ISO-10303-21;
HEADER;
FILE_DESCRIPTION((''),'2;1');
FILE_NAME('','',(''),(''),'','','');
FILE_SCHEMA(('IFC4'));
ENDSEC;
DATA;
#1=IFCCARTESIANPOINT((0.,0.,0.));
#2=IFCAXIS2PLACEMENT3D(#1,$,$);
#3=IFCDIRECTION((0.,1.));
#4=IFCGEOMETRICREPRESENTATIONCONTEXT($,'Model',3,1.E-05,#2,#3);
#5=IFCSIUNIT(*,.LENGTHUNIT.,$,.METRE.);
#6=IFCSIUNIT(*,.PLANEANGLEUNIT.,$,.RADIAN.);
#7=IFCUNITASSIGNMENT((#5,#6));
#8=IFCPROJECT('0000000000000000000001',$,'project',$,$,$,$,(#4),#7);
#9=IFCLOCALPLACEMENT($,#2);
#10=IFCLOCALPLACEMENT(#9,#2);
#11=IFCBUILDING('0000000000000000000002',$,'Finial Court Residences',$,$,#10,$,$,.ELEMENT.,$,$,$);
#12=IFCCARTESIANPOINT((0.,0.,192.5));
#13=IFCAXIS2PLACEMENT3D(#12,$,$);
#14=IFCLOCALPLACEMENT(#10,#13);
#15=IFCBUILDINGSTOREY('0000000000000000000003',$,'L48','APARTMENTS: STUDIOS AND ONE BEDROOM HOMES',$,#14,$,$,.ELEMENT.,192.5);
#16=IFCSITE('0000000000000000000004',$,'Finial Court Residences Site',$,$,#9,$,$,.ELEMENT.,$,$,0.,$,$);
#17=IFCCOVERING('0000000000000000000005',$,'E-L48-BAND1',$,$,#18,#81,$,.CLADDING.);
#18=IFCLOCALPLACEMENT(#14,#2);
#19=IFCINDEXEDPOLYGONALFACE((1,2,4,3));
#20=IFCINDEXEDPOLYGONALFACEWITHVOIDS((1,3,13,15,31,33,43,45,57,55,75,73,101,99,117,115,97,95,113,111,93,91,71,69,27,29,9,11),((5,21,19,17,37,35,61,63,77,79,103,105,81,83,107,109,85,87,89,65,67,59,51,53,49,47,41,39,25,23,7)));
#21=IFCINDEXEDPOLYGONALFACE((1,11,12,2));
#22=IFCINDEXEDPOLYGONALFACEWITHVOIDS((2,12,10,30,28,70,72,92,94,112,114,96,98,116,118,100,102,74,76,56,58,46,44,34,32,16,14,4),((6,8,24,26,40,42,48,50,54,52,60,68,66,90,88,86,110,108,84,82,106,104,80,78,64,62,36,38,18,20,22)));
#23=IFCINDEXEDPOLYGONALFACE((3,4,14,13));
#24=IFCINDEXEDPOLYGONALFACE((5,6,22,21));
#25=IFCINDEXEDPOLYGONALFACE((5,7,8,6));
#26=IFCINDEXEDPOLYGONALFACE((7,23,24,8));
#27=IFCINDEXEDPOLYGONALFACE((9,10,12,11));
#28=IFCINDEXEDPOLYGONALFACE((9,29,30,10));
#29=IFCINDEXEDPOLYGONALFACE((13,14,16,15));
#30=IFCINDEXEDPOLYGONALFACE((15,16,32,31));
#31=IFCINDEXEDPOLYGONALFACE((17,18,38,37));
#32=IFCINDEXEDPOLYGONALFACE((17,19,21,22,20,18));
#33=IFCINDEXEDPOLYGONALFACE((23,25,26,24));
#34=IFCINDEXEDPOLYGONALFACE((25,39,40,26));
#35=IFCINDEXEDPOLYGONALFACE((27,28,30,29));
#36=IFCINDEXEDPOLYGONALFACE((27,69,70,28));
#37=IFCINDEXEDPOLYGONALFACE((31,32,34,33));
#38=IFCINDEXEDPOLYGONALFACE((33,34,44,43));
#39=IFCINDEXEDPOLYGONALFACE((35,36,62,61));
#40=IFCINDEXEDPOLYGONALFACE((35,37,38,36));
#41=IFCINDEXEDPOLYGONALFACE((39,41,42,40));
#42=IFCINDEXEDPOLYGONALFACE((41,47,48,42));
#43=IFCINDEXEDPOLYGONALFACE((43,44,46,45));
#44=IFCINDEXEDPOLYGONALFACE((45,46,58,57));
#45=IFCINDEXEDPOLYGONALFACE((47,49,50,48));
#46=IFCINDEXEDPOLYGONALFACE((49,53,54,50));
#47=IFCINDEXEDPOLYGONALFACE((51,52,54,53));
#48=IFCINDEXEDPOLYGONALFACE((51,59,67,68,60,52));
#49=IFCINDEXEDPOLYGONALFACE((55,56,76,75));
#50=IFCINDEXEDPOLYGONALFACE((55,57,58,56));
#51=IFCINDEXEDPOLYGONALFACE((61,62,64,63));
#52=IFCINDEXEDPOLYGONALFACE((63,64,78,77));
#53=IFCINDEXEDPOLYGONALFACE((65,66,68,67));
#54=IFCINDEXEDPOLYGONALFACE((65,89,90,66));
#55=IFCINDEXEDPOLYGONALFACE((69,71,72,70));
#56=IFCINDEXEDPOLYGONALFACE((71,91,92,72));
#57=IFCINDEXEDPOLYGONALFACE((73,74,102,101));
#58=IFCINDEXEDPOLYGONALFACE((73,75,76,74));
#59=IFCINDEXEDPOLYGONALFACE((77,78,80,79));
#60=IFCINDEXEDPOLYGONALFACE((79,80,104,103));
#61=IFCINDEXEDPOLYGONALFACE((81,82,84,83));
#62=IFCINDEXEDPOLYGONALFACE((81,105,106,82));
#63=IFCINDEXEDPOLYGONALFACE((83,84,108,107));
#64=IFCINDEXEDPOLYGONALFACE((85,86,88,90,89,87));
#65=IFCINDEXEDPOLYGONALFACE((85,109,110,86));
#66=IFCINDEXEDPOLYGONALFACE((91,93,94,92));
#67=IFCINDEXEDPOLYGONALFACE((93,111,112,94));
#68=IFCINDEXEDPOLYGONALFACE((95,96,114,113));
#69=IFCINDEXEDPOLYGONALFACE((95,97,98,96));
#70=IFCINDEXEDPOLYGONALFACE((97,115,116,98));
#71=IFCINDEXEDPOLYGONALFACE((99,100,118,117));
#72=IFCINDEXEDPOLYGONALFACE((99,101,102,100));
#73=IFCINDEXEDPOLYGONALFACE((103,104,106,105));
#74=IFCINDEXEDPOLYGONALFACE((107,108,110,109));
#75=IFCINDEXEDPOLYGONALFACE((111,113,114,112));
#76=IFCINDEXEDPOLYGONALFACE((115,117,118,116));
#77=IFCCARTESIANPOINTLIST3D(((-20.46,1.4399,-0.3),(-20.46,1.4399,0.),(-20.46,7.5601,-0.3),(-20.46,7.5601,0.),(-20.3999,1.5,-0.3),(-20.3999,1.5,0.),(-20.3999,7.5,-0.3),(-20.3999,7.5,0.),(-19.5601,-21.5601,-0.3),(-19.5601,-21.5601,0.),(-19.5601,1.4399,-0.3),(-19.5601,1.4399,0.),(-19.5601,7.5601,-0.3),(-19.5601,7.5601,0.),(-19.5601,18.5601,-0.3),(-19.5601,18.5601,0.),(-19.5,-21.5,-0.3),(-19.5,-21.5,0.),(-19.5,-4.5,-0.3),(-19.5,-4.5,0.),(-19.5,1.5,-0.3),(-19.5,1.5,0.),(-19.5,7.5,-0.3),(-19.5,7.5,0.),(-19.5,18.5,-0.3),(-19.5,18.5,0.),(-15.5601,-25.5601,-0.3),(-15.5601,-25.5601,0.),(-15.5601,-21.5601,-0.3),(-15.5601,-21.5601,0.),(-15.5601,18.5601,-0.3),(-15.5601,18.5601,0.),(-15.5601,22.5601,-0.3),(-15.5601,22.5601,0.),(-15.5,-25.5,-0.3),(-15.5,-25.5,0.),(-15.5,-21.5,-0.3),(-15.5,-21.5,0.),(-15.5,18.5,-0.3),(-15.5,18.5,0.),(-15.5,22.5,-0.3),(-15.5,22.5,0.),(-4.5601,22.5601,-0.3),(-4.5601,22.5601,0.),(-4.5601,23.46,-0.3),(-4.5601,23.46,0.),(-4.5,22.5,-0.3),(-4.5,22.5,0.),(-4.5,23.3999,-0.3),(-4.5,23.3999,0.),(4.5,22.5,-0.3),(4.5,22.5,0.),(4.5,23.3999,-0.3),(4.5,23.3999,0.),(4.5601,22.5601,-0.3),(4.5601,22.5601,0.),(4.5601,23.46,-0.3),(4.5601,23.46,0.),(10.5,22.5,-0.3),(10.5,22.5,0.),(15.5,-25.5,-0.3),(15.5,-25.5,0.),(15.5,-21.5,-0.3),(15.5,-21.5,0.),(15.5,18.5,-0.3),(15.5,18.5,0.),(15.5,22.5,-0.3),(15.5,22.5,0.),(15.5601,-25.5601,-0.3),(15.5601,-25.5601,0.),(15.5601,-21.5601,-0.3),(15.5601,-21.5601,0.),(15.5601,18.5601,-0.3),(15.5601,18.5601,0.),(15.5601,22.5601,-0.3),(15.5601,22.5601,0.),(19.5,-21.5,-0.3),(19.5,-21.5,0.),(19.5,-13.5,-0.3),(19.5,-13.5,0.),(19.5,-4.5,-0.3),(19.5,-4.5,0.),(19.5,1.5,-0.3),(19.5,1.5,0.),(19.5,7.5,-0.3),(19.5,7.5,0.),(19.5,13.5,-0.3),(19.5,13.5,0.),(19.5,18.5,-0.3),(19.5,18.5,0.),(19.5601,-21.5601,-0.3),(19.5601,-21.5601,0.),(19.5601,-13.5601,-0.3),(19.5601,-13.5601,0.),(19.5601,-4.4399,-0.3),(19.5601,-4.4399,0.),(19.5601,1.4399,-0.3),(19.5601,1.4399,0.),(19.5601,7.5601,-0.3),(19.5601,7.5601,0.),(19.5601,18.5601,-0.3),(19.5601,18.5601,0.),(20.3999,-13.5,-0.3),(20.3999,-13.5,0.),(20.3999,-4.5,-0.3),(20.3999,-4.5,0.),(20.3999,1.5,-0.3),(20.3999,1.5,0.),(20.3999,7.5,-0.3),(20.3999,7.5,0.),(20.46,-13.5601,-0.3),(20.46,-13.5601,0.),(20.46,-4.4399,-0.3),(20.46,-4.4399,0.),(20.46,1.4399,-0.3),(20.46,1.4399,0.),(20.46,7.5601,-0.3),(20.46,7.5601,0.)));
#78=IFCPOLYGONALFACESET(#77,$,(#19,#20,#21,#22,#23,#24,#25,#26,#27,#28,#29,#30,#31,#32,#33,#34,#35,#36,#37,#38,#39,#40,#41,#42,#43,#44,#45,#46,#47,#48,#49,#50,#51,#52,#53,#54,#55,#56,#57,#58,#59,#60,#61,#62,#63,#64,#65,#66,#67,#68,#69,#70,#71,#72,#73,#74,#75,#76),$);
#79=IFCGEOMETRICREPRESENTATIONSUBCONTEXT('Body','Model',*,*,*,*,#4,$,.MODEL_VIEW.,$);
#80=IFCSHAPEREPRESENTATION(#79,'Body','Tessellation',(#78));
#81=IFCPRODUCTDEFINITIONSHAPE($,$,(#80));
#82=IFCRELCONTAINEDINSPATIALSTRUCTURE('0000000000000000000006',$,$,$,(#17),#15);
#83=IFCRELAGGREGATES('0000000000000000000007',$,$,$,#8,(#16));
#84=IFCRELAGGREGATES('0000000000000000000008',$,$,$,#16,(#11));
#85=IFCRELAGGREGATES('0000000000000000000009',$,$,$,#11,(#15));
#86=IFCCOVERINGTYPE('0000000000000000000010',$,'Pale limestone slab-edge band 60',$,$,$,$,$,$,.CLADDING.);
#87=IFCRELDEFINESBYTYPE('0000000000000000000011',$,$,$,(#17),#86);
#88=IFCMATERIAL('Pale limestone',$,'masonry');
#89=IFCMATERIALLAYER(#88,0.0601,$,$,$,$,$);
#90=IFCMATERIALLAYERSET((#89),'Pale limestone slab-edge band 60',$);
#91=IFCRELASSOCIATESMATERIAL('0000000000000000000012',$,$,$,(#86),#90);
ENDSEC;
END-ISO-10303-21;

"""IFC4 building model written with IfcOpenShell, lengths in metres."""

from ifc_helpers import new_model, si_unit, direction, frame, origin, place, context, subcontext, project, spatial, polyline, outline, extrude, material, layer, layer_set, type_object, element, save


model = new_model("IFC4")

# Units and contexts
model_context = context("Model", 3, precision=1e-05, world=origin(), true_north=direction((0.0, 1.0)))
body_context = subcontext(model_context, "Body", "Model", "MODEL_VIEW")
ifc_project = project(units=[si_unit("LENGTHUNIT", "METRE"), si_unit("PLANEANGLEUNIT", "RADIAN")], contexts=[model_context])

# Site, building, storey
site_placement = place(None, origin())
site = spatial("IfcSite", under=ifc_project, at=site_placement, Name="Finial Court Residences Site", CompositionType="ELEMENT", RefElevation=0.0)
building_placement = place(site_placement, origin())
building = spatial("IfcBuilding", under=site, at=building_placement, Name="Finial Court Residences", CompositionType="ELEMENT")
storey_placement = place(building_placement, frame((0.0, 0.0, 192.5)))
storey = spatial("IfcBuildingStorey", under=building, at=storey_placement, Name="L48", Description="APARTMENTS: STUDIOS AND ONE BEDROOM HOMES", CompositionType="ELEMENT", Elevation=192.5)

# Covering
ifc_material_1 = material(Name="Pale limestone", Category="masonry")
ifc_layer_1 = layer(ifc_material_1, 0.0601)
ifc_layer_set_1 = layer_set([ifc_layer_1], Name="Pale limestone slab-edge band 60")
covering_type = type_object("IfcCoveringType", Name="Pale limestone slab-edge band 60", PredefinedType="CLADDING", material=ifc_layer_set_1)
covering_placement = place(storey_placement, frame((0.0, 0.0, -0.3)))
element("IfcCovering", 1, at=covering_placement, inside=storey, type_object=covering_type, Name="E-L48-BAND1", PredefinedType="CLADDING", context=body_context, shape_type="SweptSolid", body=[
    extrude(outline(polyline([(-20.46, 7.5601), (-19.5601, 7.5601), (-19.5601, 18.5601), (-15.5601, 18.5601), (-15.5601, 22.5601), (-4.5601, 22.5601), (-4.5601, 23.46), (4.5601, 23.46), (4.5601, 22.5601), (15.5601, 22.5601), (15.5601, 18.5601), (19.5601, 18.5601), (19.5601, 7.5601), (20.46, 7.5601), (20.46, 1.4399), (19.5601, 1.4399), (19.5601, -4.4399), (20.46, -4.4399), (20.46, -13.5601), (19.5601, -13.5601), (19.5601, -21.5601), (15.5601, -21.5601), (15.5601, -25.5601), (-15.5601, -25.5601), (-15.5601, -21.5601), (-19.5601, -21.5601), (-19.5601, 1.4399), (-20.46, 1.4399), (-20.46, 7.5601)]), holes=[polyline([(-19.5, 1.5), (-19.5, -4.5), (-19.5, -21.5), (-15.5, -21.5), (-15.5, -25.5), (15.5, -25.5), (15.5, -21.5), (19.5, -21.5), (19.5, -13.5), (20.3999, -13.5), (20.3999, -4.5), (19.5, -4.5), (19.5, 1.5), (20.3999, 1.5), (20.3999, 7.5), (19.5, 7.5), (19.5, 13.5), (19.5, 18.5), (15.5, 18.5), (15.5, 22.5), (10.5, 22.5), (4.5, 22.5), (4.5, 23.3999), (-4.5, 23.3999), (-4.5, 22.5), (-15.5, 22.5), (-15.5, 18.5), (-19.5, 18.5), (-19.5, 7.5), (-20.3999, 7.5), (-20.3999, 1.5), (-19.5, 1.5)])]), origin(), (0.0, 0.0, 1.0), 0.3),
])

save(model, "model.ifc")
